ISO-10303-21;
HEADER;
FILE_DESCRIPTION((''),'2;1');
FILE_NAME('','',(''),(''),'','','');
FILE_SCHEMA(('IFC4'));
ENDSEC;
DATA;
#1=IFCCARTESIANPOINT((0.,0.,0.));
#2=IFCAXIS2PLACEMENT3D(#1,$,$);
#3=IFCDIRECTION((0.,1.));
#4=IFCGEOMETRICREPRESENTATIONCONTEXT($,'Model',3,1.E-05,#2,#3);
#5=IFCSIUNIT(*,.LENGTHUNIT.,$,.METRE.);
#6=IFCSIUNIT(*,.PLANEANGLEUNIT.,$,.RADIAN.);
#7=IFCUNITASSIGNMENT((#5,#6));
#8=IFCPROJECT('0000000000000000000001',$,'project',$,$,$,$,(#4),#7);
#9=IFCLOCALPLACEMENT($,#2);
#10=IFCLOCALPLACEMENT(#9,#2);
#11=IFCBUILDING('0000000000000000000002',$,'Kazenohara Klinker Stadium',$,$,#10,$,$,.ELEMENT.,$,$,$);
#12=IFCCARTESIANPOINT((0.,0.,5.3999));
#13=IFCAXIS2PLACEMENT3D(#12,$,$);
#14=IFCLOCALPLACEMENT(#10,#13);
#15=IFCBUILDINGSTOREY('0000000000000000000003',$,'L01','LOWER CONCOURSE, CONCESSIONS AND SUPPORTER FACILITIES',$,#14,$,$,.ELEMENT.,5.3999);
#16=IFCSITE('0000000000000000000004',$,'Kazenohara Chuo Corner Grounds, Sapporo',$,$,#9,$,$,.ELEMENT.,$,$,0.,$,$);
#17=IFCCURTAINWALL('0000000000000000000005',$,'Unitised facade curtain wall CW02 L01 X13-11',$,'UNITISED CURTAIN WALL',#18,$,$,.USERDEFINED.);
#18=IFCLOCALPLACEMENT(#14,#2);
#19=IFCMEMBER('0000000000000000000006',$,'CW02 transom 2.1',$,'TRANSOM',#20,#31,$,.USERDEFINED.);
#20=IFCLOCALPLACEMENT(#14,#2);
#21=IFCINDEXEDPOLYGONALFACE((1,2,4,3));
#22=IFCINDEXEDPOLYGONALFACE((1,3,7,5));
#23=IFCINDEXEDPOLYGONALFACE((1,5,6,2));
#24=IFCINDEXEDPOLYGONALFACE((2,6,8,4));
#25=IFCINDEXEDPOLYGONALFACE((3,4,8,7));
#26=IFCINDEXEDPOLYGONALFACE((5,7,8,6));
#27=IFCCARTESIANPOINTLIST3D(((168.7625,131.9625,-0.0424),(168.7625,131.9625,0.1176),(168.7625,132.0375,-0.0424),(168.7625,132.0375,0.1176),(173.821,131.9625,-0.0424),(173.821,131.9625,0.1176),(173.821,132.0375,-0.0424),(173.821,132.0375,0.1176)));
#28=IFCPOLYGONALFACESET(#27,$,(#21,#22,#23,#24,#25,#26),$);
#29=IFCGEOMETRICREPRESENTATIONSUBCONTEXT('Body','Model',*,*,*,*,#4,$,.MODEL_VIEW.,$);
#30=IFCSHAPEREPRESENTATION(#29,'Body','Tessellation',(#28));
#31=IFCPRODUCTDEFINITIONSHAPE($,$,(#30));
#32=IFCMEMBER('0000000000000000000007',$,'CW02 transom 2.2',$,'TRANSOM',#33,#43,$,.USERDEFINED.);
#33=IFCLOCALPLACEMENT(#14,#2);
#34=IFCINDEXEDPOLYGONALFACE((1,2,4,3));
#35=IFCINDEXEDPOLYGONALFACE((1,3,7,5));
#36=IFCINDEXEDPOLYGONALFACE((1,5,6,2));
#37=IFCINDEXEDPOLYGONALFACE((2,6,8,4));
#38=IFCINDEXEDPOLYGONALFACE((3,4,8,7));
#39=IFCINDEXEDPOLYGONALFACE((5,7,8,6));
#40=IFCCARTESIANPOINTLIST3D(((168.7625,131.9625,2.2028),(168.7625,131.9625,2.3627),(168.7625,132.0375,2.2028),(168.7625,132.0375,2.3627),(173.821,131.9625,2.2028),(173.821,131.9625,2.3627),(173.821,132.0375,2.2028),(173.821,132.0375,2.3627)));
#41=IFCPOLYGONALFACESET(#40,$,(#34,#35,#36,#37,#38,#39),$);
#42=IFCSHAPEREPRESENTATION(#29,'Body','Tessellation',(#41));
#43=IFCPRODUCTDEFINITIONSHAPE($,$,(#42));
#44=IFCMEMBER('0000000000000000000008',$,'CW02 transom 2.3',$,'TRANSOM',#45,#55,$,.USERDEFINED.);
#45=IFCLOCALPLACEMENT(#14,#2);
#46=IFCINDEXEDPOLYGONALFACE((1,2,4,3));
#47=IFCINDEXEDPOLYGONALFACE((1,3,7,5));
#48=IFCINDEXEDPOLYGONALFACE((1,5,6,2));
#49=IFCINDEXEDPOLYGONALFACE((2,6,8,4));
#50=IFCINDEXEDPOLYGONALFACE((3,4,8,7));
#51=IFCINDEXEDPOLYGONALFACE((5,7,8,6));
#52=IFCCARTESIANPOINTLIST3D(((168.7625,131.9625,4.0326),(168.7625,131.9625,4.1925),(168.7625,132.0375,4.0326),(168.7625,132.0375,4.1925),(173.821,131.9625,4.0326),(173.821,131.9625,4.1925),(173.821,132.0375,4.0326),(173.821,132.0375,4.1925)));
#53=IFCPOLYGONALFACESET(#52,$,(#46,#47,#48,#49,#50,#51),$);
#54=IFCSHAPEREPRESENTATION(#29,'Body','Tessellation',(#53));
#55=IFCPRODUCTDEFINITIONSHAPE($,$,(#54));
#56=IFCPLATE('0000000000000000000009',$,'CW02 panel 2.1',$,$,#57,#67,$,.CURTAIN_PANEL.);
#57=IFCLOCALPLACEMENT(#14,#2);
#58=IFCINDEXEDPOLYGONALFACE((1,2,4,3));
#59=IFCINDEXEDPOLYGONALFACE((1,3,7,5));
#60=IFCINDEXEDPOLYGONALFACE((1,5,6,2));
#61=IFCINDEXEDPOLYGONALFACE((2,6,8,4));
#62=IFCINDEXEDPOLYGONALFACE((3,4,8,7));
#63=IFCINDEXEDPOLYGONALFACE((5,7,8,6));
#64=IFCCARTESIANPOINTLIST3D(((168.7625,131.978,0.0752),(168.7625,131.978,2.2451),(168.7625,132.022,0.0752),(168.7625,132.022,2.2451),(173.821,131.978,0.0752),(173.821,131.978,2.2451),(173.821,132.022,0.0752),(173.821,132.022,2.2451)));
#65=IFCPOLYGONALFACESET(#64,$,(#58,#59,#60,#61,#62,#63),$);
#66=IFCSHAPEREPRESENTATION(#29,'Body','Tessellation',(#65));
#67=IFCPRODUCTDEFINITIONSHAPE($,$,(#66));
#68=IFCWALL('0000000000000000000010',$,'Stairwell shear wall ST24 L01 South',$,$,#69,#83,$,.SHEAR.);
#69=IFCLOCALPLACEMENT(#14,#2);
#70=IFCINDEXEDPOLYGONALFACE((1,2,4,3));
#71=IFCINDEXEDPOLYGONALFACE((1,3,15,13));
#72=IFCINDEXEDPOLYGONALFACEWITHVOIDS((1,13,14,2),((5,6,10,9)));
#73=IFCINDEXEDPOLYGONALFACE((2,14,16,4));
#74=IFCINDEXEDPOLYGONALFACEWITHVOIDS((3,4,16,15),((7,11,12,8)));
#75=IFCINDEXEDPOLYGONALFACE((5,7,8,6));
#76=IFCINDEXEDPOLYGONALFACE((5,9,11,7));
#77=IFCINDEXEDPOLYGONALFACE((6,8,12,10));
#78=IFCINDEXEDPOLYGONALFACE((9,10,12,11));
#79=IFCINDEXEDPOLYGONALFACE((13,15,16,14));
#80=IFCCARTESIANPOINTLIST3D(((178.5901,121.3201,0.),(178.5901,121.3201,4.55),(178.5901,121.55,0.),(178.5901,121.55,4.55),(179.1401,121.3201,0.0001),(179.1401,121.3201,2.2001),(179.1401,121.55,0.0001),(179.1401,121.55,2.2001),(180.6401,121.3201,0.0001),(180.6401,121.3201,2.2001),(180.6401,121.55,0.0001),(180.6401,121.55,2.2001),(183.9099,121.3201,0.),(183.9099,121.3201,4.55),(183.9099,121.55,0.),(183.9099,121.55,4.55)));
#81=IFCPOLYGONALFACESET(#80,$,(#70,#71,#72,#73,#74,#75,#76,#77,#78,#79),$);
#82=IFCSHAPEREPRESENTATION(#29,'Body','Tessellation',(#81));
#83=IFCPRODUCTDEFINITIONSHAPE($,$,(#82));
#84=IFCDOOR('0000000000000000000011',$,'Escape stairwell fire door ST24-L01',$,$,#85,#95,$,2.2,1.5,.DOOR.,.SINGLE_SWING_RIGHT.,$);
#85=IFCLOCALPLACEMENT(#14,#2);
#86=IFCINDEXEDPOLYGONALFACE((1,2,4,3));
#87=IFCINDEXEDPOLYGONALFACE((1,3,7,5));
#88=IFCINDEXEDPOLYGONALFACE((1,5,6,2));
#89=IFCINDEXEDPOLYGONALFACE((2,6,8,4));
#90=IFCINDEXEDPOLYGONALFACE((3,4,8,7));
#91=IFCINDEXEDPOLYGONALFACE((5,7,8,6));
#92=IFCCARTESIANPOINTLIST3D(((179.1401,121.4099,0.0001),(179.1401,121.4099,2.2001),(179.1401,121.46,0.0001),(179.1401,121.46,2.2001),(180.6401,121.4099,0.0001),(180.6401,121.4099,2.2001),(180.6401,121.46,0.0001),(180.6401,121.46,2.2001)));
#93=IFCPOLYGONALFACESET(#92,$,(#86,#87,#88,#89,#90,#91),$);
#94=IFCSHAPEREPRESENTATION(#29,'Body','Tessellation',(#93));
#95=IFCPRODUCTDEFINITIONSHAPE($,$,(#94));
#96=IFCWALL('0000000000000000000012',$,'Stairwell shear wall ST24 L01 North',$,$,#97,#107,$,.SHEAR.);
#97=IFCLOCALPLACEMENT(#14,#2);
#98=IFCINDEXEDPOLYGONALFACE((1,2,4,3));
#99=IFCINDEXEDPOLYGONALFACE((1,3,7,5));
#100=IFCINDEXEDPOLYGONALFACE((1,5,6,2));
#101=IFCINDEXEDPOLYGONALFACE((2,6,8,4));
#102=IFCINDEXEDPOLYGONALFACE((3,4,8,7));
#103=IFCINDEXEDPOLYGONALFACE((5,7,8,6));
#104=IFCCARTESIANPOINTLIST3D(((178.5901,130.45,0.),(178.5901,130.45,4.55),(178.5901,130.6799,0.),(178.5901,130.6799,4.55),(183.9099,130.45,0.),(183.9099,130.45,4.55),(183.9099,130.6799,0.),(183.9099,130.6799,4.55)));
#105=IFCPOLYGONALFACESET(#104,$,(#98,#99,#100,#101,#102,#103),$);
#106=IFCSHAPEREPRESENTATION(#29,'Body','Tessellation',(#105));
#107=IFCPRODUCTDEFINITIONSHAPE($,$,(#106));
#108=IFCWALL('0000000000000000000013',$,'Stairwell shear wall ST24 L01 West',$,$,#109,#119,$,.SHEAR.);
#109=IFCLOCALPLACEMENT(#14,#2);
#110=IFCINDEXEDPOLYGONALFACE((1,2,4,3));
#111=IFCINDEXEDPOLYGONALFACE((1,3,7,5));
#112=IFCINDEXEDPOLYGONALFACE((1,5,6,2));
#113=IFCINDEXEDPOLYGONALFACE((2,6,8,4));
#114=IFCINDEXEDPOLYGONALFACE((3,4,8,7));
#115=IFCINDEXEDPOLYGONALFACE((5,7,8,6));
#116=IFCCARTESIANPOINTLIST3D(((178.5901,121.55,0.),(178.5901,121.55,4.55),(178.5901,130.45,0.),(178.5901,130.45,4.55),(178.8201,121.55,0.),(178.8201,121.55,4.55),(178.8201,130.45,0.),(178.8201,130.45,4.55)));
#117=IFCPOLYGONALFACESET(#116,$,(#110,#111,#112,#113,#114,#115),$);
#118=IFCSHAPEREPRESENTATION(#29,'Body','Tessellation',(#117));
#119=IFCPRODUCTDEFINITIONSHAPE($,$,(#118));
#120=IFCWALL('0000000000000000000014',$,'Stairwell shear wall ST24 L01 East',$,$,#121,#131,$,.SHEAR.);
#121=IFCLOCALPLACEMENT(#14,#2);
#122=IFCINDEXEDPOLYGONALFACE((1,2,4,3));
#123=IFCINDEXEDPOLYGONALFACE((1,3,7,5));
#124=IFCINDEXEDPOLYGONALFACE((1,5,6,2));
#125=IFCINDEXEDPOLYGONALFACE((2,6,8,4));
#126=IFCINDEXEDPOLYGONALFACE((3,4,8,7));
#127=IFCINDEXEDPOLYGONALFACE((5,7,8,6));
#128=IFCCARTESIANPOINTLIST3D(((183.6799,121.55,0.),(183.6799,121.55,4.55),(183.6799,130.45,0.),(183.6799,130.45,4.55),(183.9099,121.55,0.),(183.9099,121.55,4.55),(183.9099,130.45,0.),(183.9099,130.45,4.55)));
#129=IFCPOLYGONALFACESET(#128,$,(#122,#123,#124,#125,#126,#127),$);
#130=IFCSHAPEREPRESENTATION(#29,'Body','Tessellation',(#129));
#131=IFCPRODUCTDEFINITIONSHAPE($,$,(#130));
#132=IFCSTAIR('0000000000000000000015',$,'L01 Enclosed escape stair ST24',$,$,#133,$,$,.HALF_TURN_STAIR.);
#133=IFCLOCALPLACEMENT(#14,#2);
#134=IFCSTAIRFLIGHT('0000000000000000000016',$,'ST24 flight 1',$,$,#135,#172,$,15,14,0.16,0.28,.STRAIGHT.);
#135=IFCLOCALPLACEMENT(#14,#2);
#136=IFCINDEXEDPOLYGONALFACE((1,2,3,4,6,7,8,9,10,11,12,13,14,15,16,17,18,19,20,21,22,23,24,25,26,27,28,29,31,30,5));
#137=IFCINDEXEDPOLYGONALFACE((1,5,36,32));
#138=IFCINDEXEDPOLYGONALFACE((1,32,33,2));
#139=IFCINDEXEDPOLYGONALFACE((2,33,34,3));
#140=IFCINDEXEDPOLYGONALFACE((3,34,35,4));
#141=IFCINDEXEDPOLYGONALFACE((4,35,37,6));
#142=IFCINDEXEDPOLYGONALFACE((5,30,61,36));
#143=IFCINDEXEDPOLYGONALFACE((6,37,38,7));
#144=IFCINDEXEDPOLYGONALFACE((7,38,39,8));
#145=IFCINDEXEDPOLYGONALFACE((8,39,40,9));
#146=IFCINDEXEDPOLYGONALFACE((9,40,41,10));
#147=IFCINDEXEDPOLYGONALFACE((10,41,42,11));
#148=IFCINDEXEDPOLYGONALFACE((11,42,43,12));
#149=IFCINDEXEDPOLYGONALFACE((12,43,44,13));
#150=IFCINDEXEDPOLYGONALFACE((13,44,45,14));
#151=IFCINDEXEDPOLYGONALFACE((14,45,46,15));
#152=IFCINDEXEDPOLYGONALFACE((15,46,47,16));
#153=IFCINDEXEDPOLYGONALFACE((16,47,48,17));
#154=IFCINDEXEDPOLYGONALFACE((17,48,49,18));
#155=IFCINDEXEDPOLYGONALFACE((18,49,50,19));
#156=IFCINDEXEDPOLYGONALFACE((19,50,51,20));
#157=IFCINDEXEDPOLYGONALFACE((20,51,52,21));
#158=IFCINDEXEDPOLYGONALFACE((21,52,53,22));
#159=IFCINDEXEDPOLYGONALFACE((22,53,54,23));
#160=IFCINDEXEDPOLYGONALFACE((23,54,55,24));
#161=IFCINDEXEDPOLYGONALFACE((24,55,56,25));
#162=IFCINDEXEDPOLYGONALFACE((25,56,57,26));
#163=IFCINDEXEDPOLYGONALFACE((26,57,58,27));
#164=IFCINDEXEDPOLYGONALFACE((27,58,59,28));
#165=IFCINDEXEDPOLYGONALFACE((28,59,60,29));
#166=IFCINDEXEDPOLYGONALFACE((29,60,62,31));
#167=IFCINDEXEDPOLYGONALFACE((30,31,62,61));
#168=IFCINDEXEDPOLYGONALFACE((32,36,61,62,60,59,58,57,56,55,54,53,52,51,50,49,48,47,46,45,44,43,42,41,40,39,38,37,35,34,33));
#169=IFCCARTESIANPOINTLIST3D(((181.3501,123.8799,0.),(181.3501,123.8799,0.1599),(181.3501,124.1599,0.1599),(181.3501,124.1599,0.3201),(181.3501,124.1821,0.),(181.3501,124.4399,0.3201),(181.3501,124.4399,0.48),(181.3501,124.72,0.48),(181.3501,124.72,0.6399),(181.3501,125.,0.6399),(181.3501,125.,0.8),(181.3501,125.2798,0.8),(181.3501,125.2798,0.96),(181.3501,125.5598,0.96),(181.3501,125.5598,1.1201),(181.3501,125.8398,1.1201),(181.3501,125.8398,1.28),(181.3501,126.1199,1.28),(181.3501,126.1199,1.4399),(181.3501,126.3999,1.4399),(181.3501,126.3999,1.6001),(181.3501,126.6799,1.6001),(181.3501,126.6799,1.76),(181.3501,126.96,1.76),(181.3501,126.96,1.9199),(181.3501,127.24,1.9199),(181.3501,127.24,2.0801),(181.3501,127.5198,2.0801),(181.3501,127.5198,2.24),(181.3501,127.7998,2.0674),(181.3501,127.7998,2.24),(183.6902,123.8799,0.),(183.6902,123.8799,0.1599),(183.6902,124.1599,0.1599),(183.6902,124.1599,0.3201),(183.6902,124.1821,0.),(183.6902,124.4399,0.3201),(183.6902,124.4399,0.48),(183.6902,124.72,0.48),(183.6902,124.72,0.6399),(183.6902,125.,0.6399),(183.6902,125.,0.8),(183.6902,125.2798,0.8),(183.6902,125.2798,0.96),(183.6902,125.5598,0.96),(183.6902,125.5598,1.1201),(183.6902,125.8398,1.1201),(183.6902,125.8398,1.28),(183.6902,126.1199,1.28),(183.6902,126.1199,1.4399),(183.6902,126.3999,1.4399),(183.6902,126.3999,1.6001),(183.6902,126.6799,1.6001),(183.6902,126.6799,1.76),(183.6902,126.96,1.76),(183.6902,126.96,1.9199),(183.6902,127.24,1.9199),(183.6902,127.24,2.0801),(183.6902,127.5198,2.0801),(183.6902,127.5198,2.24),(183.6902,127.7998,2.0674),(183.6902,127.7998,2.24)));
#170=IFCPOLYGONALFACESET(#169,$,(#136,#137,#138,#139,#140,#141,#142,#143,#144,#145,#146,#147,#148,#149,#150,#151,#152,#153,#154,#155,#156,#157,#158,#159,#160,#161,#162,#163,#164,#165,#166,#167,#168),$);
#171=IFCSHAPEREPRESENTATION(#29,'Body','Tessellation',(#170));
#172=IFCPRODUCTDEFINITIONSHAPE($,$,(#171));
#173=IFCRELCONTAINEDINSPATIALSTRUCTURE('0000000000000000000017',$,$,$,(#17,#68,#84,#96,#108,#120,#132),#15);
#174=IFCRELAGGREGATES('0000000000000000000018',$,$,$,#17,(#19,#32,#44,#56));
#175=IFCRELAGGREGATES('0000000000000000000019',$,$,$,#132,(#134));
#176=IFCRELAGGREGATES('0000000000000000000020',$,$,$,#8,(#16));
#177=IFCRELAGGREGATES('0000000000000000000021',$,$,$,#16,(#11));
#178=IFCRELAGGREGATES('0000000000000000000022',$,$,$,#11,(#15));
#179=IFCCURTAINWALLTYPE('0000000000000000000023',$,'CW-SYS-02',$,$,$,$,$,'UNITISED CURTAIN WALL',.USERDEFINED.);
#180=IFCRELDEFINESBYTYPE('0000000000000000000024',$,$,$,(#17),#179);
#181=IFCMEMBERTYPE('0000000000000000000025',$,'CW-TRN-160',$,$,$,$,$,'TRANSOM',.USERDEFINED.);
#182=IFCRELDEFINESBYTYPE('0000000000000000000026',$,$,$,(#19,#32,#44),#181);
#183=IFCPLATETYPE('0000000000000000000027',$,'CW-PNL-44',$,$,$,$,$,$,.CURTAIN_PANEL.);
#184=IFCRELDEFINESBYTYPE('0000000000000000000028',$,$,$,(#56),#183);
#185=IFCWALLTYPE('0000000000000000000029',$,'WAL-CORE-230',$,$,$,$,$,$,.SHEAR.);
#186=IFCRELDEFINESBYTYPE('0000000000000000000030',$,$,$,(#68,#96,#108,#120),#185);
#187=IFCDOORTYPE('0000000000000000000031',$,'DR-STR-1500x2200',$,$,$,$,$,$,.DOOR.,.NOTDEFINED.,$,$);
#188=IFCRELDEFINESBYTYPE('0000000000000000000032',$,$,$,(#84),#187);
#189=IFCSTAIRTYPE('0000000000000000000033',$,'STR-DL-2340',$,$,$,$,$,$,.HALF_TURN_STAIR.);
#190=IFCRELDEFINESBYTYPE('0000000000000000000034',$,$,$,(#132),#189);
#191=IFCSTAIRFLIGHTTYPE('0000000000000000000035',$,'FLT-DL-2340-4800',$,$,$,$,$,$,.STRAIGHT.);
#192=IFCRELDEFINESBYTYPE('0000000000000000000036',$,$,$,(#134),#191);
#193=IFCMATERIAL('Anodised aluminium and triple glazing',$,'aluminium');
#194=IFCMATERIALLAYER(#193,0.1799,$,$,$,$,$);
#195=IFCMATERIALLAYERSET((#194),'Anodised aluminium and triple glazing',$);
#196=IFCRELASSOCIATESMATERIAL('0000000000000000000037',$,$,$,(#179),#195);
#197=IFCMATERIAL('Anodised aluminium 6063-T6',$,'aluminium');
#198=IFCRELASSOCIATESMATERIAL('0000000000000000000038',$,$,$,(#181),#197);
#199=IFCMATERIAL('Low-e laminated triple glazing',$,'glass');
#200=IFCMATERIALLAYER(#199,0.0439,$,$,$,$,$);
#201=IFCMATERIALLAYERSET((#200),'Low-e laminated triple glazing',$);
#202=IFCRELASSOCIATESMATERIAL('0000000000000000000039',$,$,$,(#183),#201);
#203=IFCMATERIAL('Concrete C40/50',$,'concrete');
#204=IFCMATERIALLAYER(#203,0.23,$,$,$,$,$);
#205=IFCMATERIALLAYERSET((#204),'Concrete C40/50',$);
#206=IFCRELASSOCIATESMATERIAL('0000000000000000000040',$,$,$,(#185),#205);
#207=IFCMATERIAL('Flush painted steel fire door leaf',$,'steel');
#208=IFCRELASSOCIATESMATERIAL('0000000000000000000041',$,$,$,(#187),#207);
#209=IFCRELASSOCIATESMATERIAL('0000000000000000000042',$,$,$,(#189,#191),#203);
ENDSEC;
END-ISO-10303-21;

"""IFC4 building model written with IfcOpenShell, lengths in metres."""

from ifc_helpers import new_model, si_unit, direction, frame, frame_2d, origin, origin_2d, place, context, subcontext, project, spatial, polyline, rectangle, outline, extrude, material, layer, layer_set, material_profile, profile_set, type_object, element, fill, aggregate, save


model = new_model("IFC4")

# Units and contexts
model_context = context("Model", 3, precision=1e-05, world=origin(), true_north=direction((0.0, 1.0)))
body_context = subcontext(model_context, "Body", "Model", "MODEL_VIEW")
ifc_project = project(units=[si_unit("LENGTHUNIT", "METRE"), si_unit("PLANEANGLEUNIT", "RADIAN")], contexts=[model_context])

# Site, building, storey
site_placement = place(None, origin())
site = spatial("IfcSite", under=ifc_project, at=site_placement, Name="Kazenohara Chuo Corner Grounds, Sapporo", CompositionType="ELEMENT", RefElevation=0.0)
building_placement = place(site_placement, origin())
building = spatial("IfcBuilding", under=site, at=building_placement, Name="Kazenohara Klinker Stadium", CompositionType="ELEMENT")
storey_placement = place(building_placement, frame((0.0, 0.0, 5.3999)))
storey = spatial("IfcBuildingStorey", under=building, at=storey_placement, Name="L01", Description="LOWER CONCOURSE, CONCESSIONS AND SUPPORTER FACILITIES", CompositionType="ELEMENT", Elevation=5.3999)

# Curtain wall, members, plate
ifc_material_1 = material(Name="Anodised aluminium and triple glazing", Category="aluminium")
ifc_layer_1 = layer(ifc_material_1, 0.1799)
ifc_layer_set_1 = layer_set([ifc_layer_1], Name="Anodised aluminium and triple glazing")
curtain_wall_type = type_object("IfcCurtainWallType", Name="CW-SYS-02", ElementType="UNITISED CURTAIN WALL", PredefinedType="USERDEFINED", material=ifc_layer_set_1)
curtain_wall_placement = place(storey_placement, origin())
curtain_wall = element("IfcCurtainWall", 1, at=curtain_wall_placement, inside=storey, type_object=curtain_wall_type, Name="Unitised facade curtain wall CW02 L01 X13-11", ObjectType="UNITISED CURTAIN WALL", PredefinedType="USERDEFINED")
ifc_material_2 = material(Name="Anodised aluminium 6063-T6", Category="aluminium")
ifc_material_profile = material_profile(ifc_material_2, rectangle(XDim=0.075, YDim=0.1599, at=origin_2d()), Name="ALU-TRN-75x160")
ifc_profile_set = profile_set([ifc_material_profile], Name="Anodised aluminium 6063-T6")
member_type = type_object("IfcMemberType", Name="CW-TRN-160", ElementType="TRANSOM", PredefinedType="USERDEFINED", material=ifc_profile_set)
member_1_placement = place(storey_placement, frame((168.7625, 132.0, 0.0376), z_axis=(1.0, 0.0, 0.0), x_axis=(0.0, 1.0, 0.0)))
member_1 = element("IfcMember", 2, at=member_1_placement, type_object=member_type, Name="CW02 transom 2.1", ObjectType="TRANSOM", PredefinedType="USERDEFINED", context=body_context, shape_type="SweptSolid", body=[
    extrude(rectangle(XDim=0.075, YDim=0.1599, at=origin_2d()), origin(), (0.0, 0.0, 1.0), 5.0586),
])
member_2_placement = place(storey_placement, frame((168.7625, 132.0, 2.2827), z_axis=(1.0, 0.0, 0.0), x_axis=(0.0, 1.0, 0.0)))
member_2 = element("IfcMember", 3, at=member_2_placement, type_object=member_type, Name="CW02 transom 2.2", ObjectType="TRANSOM", PredefinedType="USERDEFINED", context=body_context, shape_type="SweptSolid", body=[
    extrude(rectangle(XDim=0.075, YDim=0.1599, at=origin_2d()), origin(), (0.0, 0.0, 1.0), 5.0586),
])
member_3_placement = place(storey_placement, frame((168.7625, 132.0, 4.1125), z_axis=(1.0, 0.0, 0.0), x_axis=(0.0, 1.0, 0.0)))
member_3 = element("IfcMember", 4, at=member_3_placement, type_object=member_type, Name="CW02 transom 2.3", ObjectType="TRANSOM", PredefinedType="USERDEFINED", context=body_context, shape_type="SweptSolid", body=[
    extrude(rectangle(XDim=0.075, YDim=0.1599, at=origin_2d()), origin(), (0.0, 0.0, 1.0), 5.0586),
])
ifc_material_3 = material(Name="Low-e laminated triple glazing", Category="glass")
ifc_layer_2 = layer(ifc_material_3, 0.0439)
ifc_layer_set_2 = layer_set([ifc_layer_2], Name="Low-e laminated triple glazing")
plate_type = type_object("IfcPlateType", Name="CW-PNL-44", PredefinedType="CURTAIN_PANEL", material=ifc_layer_set_2)
plate_placement = place(storey_placement, frame((171.2917, 132.0, 0.0752), z_axis=(0.0, 0.0, 1.0), x_axis=(1.0, 0.0, 0.0)))
plate = element("IfcPlate", 5, at=plate_placement, type_object=plate_type, Name="CW02 panel 2.1", PredefinedType="CURTAIN_PANEL", context=body_context, shape_type="SweptSolid", body=[
    extrude(rectangle(XDim=5.0586, YDim=0.0439, at=origin_2d()), origin(), (0.0, 0.0, 1.0), 2.1699),
])
aggregate(curtain_wall, [member_1, member_2, member_3, plate])

# Wall, opening, door
ifc_material_4 = material(Name="Concrete C40/50", Category="concrete")
ifc_layer_3 = layer(ifc_material_4, 0.23)
ifc_layer_set_3 = layer_set([ifc_layer_3], Name="Concrete C40/50")
wall_type = type_object("IfcWallType", Name="WAL-CORE-230", PredefinedType="SHEAR", material=ifc_layer_set_3)
wall_1_placement = place(storey_placement, frame((178.5901, 121.4351, 0.0), z_axis=(0.0, 0.0, 1.0), x_axis=(1.0, 0.0, 0.0)))
wall_1 = element("IfcWall", 6, at=wall_1_placement, inside=storey, type_object=wall_type, Name="Stairwell shear wall ST24 L01 South", PredefinedType="SHEAR", context=body_context, shape_type="SweptSolid", body=[
    extrude(rectangle(XDim=5.3198, YDim=0.23, at=frame_2d((2.6599, 0.0))), origin(), (0.0, 0.0, 1.0), 4.55),
])
opening_placement = place(wall_1_placement, frame((0.55, 0.0, 0.0)))
opening = element("IfcOpeningElement", 7, at=opening_placement, cuts=wall_1, PredefinedType="OPENING", context=body_context, shape_type="SweptSolid", body=[
    extrude(rectangle(XDim=1.5, YDim=2.2, at=frame_2d((0.75, 1.1001))), frame((0.0, 0.125, 0.0), z_axis=(0.0, -1.0, 0.0), x_axis=(1.0, 0.0, 0.0)), (0.0, 0.0, 1.0), 0.25),
])
ifc_material_5 = material(Name="Flush painted steel fire door leaf", Category="steel")
door_type = type_object("IfcDoorType", Name="DR-STR-1500x2200", OperationType="NOTDEFINED", PredefinedType="DOOR", material=ifc_material_5)
door_placement = place(opening_placement, origin())
door = element("IfcDoor", 8, at=door_placement, inside=storey, type_object=door_type, Name="Escape stairwell fire door ST24-L01", OperationType="SINGLE_SWING_RIGHT", OverallHeight=2.2, OverallWidth=1.5, PredefinedType="DOOR", context=body_context, shape_type="SweptSolid", body=[
    extrude(rectangle(XDim=1.5, YDim=2.2, at=frame_2d((0.75, 1.1001))), frame((0.0, 0.0249, 0.0), z_axis=(0.0, -1.0, 0.0), x_axis=(1.0, 0.0, 0.0)), (0.0, 0.0, 1.0), 0.05),
])
fill(opening, door)

# Walls
wall_2_placement = place(storey_placement, frame((178.5901, 130.5649, 0.0), z_axis=(0.0, 0.0, 1.0), x_axis=(1.0, 0.0, 0.0)))
element("IfcWall", 9, at=wall_2_placement, inside=storey, type_object=wall_type, Name="Stairwell shear wall ST24 L01 North", PredefinedType="SHEAR", context=body_context, shape_type="SweptSolid", body=[
    extrude(rectangle(XDim=5.3198, YDim=0.23, at=frame_2d((2.6599, 0.0))), origin(), (0.0, 0.0, 1.0), 4.55),
])
for number, where, z_axis, x_axis, name in (
    (10, (178.7051, 121.55, 0.0), (0.0, 0.0, 1.0), (0.0, 1.0, 0.0), "Stairwell shear wall ST24 L01 West"),
    (11, (183.7949, 121.55, 0.0), (0.0, 0.0, 1.0), (0.0, 1.0, 0.0), "Stairwell shear wall ST24 L01 East"),
):
    element("IfcWall", number, at=place(storey_placement, frame(where, z_axis=z_axis, x_axis=x_axis)), inside=storey, type_object=wall_type, Name=name, PredefinedType="SHEAR", context=body_context, shape_type="SweptSolid", body=[
        extrude(rectangle(XDim=8.8999, YDim=0.23, at=frame_2d((4.45, 0.0))), origin(), (0.0, 0.0, 1.0), 4.55),
    ])

# Stair, stair flight
stair_type = type_object("IfcStairType", Name="STR-DL-2340", PredefinedType="HALF_TURN_STAIR", material=ifc_material_4)
stair_placement = place(storey_placement, origin())
stair = element("IfcStair", 12, at=stair_placement, inside=storey, type_object=stair_type, Name="L01 Enclosed escape stair ST24", PredefinedType="HALF_TURN_STAIR")
stair_flight_type = type_object("IfcStairFlightType", Name="FLT-DL-2340-4800", PredefinedType="STRAIGHT", material=ifc_material_4)
stair_flight_1_placement = place(storey_placement, frame((182.52, 123.8799, 0.0), z_axis=(0.0, 0.0, 1.0), x_axis=(0.0, 1.0, 0.0)))
stair_flight_1 = element("IfcStairFlight", 13, at=stair_flight_1_placement, type_object=stair_flight_type, Name="ST24 flight 1", NumberOfRisers=15, NumberOfTreads=14, PredefinedType="STRAIGHT", RiserHeight=0.16, TreadLength=0.28, context=body_context, shape_type="SweptSolid", body=[
    extrude(outline(polyline([(0.0, 0.0), (0.0, 0.1599), (0.28, 0.1599), (0.28, 0.3201), (0.5601, 0.3201), (0.5601, 0.48), (0.8401, 0.48), (0.8401, 0.6399), (1.1201, 0.6399), (1.1201, 0.8), (1.3999, 0.8), (1.3999, 0.96), (1.6799, 0.96), (1.6799, 1.1201), (1.96, 1.1201), (1.96, 1.28), (2.24, 1.28), (2.24, 1.4399), (2.52, 1.4399), (2.52, 1.6001), (2.8, 1.6001), (2.8, 1.76), (3.0801, 1.76), (3.0801, 1.9199), (3.3601, 1.9199), (3.3601, 2.0801), (3.6399, 2.0801), (3.6399, 2.24), (3.9199, 2.24), (3.9199, 2.3999), (3.9199, 2.0674), (0.3022, 0.0), (0.0, 0.0)])), frame((0.0, 1.1699, 0.0), z_axis=(0.0, -1.0, 0.0), x_axis=(1.0, 0.0, 0.0)), (0.0, 0.0, 1.0), 2.3401),
])
aggregate(stair, [stair_flight_1])

save(model, "model.ifc")
